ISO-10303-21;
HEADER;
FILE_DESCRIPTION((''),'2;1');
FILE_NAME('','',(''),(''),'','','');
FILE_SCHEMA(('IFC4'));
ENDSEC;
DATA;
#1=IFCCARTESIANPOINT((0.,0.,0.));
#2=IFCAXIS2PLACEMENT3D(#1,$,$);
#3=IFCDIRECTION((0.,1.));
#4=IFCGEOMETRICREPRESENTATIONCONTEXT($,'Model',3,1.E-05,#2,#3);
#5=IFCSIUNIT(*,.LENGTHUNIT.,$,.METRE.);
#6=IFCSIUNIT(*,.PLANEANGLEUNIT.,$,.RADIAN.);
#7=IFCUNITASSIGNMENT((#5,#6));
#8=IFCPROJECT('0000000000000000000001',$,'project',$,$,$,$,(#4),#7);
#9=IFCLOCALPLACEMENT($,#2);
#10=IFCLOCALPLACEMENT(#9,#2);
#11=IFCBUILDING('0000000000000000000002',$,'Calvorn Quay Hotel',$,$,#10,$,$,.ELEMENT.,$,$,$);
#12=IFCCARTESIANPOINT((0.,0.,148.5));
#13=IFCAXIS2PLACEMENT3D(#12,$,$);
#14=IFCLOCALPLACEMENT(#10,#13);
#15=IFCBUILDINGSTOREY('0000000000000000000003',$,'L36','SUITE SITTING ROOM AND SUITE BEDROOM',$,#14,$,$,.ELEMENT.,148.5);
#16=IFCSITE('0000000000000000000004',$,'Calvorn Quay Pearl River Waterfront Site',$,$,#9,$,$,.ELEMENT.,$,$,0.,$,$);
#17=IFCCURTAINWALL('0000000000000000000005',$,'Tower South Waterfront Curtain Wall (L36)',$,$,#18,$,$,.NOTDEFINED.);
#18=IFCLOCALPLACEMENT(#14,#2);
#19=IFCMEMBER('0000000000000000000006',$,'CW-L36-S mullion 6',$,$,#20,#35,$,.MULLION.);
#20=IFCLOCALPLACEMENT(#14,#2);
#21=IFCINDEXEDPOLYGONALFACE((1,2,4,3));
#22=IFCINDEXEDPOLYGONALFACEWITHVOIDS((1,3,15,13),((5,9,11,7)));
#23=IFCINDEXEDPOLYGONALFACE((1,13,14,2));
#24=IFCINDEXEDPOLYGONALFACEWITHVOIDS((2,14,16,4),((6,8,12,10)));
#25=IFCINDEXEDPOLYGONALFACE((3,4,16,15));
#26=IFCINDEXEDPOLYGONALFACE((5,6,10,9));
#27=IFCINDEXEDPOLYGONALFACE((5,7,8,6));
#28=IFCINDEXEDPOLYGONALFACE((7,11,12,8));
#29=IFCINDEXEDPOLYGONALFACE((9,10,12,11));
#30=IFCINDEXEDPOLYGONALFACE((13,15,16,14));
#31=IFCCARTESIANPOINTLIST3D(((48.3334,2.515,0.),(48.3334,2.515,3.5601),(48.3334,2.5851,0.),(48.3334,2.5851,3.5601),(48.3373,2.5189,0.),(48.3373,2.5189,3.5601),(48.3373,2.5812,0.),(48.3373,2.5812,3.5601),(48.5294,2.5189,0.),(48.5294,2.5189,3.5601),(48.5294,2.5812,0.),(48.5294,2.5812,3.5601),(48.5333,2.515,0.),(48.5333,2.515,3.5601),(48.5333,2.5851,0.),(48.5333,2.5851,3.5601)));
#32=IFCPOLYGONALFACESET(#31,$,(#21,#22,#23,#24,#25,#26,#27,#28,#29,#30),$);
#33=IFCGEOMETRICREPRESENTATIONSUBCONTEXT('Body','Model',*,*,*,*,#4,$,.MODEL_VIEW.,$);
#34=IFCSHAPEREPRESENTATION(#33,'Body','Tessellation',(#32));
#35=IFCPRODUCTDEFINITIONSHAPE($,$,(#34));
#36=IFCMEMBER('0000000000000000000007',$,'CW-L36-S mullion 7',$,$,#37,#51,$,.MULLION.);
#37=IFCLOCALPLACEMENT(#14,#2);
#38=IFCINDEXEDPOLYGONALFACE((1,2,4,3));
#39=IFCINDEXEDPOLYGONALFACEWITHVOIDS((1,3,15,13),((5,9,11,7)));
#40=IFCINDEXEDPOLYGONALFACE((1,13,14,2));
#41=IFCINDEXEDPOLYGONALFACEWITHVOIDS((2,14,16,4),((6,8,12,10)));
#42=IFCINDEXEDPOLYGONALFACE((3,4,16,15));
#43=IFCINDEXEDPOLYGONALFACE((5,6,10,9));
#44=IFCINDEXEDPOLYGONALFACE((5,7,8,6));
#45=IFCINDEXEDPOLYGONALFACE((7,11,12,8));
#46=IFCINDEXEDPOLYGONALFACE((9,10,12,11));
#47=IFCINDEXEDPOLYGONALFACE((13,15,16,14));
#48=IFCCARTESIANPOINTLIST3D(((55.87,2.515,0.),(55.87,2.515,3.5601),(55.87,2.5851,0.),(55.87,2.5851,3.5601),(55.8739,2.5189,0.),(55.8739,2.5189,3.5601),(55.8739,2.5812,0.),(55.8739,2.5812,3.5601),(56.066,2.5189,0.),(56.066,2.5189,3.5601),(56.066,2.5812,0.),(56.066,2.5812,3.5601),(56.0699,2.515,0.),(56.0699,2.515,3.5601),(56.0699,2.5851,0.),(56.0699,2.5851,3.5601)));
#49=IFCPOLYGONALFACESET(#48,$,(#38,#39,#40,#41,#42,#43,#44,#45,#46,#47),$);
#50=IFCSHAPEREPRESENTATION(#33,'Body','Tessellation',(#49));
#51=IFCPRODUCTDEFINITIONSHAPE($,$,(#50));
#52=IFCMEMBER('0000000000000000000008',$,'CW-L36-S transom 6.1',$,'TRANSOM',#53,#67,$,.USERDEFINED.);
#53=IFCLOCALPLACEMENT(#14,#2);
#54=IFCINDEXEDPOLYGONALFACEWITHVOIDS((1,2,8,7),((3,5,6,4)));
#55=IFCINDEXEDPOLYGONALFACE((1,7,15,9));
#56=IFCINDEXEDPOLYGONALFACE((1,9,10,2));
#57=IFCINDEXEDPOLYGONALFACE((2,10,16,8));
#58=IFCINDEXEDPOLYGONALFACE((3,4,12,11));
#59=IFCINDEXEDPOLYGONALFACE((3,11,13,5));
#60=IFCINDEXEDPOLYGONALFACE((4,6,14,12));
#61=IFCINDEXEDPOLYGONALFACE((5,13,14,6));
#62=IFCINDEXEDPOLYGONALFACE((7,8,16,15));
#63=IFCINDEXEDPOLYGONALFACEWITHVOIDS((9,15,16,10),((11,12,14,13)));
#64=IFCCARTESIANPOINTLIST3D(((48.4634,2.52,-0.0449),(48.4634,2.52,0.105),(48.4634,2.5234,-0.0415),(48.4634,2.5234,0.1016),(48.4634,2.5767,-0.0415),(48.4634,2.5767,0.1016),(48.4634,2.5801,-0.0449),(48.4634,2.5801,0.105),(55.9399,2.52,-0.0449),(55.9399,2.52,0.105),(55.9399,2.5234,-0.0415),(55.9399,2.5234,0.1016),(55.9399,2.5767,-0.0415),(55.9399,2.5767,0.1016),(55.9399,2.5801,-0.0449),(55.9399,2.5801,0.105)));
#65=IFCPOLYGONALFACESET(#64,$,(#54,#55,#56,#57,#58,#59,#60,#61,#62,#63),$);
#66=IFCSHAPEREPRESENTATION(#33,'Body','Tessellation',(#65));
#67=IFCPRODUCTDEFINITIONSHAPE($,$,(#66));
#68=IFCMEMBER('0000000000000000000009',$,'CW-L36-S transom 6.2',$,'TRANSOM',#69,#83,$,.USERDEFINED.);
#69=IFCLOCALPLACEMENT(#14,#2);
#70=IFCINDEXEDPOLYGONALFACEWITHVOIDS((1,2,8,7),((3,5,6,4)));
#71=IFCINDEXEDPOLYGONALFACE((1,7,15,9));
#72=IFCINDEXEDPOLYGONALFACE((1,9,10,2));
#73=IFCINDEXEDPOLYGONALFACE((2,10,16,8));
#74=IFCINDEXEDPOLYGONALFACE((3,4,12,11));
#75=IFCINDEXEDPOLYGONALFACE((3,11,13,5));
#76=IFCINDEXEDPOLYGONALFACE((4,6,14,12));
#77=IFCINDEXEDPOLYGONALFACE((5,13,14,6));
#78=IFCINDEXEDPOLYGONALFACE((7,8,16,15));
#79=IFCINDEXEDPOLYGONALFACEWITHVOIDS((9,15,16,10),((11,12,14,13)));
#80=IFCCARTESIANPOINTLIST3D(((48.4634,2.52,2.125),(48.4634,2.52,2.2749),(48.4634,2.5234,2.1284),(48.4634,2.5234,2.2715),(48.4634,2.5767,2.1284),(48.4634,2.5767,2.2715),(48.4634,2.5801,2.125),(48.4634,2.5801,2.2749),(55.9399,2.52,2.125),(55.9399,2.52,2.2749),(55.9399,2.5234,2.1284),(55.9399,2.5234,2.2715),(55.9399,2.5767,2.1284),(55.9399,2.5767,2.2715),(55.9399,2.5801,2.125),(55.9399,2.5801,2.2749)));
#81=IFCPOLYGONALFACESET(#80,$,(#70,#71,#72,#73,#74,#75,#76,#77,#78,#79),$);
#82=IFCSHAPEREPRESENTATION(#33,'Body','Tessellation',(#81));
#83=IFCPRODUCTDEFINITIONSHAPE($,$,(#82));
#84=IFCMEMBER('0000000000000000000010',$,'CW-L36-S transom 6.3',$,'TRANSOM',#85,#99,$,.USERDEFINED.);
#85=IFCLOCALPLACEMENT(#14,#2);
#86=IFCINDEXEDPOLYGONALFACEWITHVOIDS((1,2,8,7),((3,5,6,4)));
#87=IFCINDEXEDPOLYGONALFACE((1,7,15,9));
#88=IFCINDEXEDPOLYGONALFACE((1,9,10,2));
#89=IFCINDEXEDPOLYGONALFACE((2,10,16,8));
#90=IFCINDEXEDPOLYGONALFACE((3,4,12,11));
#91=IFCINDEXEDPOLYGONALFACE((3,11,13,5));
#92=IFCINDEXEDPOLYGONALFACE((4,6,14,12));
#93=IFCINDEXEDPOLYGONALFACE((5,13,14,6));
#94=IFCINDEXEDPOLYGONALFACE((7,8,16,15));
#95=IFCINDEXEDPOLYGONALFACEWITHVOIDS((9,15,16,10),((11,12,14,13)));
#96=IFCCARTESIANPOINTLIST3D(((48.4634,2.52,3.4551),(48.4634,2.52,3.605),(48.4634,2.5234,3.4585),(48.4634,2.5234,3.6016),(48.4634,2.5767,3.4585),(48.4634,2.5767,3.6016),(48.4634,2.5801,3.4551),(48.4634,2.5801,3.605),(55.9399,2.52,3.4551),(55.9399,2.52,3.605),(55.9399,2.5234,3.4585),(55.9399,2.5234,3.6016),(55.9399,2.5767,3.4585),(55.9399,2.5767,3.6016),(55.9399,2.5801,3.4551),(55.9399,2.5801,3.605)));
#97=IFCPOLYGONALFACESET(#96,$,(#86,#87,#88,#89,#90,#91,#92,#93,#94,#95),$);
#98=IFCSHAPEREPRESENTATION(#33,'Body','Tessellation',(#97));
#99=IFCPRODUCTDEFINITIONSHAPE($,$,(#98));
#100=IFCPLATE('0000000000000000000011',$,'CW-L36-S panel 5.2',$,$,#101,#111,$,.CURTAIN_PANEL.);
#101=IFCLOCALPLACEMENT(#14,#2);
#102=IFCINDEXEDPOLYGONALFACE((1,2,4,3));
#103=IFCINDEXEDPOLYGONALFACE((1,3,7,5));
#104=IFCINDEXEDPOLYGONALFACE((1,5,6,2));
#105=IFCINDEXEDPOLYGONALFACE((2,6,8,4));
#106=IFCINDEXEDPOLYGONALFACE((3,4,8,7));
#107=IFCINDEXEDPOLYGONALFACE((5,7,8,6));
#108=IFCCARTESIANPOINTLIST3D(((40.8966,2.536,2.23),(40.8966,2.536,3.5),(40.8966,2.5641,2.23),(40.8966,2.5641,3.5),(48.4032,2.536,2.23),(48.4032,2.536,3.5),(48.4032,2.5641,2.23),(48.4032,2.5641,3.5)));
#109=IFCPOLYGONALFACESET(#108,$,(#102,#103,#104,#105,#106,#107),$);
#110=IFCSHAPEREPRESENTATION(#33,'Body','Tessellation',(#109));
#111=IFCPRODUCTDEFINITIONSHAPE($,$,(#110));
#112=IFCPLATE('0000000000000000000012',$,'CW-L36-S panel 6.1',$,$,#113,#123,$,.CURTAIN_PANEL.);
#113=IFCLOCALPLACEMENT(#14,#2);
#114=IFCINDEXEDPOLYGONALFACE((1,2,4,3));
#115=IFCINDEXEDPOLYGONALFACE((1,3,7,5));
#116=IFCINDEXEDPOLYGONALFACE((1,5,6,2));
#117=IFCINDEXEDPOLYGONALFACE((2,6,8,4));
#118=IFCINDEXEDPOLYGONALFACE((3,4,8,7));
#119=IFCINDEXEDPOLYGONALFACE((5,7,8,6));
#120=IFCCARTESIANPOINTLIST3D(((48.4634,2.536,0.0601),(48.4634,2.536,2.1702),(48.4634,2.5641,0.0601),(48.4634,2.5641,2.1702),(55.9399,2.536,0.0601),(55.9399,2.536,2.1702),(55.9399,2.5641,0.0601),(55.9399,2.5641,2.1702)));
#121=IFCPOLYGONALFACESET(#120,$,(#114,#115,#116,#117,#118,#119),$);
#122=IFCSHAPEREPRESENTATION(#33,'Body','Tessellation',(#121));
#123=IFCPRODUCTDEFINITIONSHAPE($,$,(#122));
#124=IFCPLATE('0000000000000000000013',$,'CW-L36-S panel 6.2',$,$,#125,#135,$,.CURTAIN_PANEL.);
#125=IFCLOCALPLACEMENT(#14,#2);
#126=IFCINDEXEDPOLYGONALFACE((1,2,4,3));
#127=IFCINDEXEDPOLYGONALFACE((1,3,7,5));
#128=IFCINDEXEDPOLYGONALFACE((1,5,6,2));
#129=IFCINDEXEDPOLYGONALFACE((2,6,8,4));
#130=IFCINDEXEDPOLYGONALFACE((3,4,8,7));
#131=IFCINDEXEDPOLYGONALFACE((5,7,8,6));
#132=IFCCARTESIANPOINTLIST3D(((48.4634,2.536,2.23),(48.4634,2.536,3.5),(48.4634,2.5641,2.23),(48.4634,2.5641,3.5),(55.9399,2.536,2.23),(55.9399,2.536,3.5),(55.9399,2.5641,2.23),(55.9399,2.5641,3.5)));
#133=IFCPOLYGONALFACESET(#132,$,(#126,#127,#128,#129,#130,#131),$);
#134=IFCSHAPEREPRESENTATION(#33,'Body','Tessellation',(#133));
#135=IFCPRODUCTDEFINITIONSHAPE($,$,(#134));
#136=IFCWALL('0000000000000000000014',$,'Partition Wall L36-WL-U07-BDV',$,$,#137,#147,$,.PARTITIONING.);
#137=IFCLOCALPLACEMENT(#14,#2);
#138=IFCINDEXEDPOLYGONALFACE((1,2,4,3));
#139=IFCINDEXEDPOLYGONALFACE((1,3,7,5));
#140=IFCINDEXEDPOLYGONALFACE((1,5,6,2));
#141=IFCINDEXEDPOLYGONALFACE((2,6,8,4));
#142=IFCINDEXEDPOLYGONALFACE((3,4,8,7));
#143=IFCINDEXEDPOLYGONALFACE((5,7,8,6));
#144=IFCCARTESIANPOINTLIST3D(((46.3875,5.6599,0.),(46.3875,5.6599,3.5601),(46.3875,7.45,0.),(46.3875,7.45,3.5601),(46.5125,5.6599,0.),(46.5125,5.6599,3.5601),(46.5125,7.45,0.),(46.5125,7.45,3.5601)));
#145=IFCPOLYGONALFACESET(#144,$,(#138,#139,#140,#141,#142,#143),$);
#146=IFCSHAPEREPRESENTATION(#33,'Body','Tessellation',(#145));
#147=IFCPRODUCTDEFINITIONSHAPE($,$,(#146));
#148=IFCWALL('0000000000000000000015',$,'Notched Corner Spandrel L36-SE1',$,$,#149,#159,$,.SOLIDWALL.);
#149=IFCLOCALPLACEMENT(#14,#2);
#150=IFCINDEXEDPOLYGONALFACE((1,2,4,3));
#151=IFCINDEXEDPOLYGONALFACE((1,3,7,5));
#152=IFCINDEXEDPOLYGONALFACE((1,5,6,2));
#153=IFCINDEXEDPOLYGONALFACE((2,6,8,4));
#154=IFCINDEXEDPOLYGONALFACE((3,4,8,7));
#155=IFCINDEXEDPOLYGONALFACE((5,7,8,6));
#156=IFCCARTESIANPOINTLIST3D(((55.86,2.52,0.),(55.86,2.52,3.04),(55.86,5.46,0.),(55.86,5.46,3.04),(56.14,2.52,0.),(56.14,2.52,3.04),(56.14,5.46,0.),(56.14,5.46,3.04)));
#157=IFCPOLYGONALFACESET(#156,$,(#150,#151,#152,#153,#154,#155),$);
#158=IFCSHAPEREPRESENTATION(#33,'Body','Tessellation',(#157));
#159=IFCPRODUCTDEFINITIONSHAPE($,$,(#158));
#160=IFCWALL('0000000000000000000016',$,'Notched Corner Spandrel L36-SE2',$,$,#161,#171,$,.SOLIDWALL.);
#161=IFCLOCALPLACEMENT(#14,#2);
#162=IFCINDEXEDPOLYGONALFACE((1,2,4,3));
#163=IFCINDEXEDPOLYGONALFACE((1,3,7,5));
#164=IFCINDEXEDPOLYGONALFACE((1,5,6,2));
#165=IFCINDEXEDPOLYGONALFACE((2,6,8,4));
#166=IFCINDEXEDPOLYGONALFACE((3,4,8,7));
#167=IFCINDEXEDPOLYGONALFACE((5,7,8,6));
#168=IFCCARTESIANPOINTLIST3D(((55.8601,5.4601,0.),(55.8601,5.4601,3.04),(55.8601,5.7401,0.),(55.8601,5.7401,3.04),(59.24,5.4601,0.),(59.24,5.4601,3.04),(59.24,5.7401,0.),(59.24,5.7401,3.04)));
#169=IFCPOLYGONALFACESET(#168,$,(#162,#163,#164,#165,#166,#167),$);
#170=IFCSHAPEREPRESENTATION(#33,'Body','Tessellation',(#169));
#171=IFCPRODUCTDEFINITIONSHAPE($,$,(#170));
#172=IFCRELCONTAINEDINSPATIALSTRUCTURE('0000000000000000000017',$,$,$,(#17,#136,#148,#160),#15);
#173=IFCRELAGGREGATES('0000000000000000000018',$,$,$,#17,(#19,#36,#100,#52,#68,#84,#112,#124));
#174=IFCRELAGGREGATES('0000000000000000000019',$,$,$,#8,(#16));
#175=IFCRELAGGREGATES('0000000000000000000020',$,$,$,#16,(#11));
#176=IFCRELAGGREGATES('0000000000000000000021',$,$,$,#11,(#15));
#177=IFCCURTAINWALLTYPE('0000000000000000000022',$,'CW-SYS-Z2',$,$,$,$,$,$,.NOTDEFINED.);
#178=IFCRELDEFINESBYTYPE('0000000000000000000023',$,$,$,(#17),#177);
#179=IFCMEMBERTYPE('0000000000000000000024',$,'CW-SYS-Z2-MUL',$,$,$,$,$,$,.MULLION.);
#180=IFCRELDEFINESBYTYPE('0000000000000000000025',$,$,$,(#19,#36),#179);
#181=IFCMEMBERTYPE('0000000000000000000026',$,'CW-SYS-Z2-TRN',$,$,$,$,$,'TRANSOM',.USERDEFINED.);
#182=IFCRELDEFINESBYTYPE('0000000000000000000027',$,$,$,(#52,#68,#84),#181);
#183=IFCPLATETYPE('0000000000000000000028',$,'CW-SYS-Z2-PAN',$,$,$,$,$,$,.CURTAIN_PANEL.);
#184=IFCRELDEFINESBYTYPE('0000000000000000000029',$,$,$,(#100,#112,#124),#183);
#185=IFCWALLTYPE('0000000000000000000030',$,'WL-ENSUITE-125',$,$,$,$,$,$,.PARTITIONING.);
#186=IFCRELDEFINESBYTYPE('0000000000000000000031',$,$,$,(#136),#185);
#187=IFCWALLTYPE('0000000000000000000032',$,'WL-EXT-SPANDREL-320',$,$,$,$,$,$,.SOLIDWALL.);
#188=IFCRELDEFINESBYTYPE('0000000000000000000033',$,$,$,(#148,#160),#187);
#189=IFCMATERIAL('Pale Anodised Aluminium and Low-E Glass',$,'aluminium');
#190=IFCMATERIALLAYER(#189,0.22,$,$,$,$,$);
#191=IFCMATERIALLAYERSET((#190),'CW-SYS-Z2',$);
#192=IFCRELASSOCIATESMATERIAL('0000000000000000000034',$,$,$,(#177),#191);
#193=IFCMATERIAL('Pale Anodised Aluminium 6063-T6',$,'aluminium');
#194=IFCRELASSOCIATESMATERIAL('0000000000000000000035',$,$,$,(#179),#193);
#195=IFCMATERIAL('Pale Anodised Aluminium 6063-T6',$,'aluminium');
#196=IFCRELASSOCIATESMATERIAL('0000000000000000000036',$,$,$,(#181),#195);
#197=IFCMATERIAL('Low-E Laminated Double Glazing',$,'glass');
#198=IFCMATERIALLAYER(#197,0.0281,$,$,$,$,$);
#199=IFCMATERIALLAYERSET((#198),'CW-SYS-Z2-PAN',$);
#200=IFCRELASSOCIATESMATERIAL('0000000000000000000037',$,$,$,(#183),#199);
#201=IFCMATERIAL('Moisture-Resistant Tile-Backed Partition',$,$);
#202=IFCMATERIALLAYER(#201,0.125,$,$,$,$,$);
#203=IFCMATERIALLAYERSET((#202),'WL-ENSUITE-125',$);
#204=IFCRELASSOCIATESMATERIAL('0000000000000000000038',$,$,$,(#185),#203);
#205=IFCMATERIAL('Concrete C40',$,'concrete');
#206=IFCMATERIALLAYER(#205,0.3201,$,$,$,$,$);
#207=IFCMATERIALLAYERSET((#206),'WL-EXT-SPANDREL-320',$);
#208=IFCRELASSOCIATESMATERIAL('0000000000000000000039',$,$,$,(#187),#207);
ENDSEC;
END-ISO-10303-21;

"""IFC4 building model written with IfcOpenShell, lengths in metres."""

from ifc_helpers import new_model, si_unit, direction, frame, frame_2d, origin, origin_2d, place, context, subcontext, project, spatial, rectangle, hollow_rectangle, extrude, material, layer, layer_set, material_profile, profile_set, type_object, element, aggregate, save


model = new_model("IFC4")

# Units and contexts
model_context = context("Model", 3, precision=1e-05, world=origin(), true_north=direction((0.0, 1.0)))
body_context = subcontext(model_context, "Body", "Model", "MODEL_VIEW")
ifc_project = project(units=[si_unit("LENGTHUNIT", "METRE"), si_unit("PLANEANGLEUNIT", "RADIAN")], contexts=[model_context])

# Site, building, storey
site_placement = place(None, origin())
site = spatial("IfcSite", under=ifc_project, at=site_placement, Name="Calvorn Quay Pearl River Waterfront Site", CompositionType="ELEMENT", RefElevation=0.0)
building_placement = place(site_placement, origin())
building = spatial("IfcBuilding", under=site, at=building_placement, Name="Calvorn Quay Hotel", CompositionType="ELEMENT")
storey_placement = place(building_placement, frame((0.0, 0.0, 148.5)))
storey = spatial("IfcBuildingStorey", under=building, at=storey_placement, Name="L36", Description="SUITE SITTING ROOM AND SUITE BEDROOM", CompositionType="ELEMENT", Elevation=148.5)

# Curtain wall, members, plates
ifc_material_1 = material(Name="Pale Anodised Aluminium and Low-E Glass", Category="aluminium")
ifc_layer_1 = layer(ifc_material_1, 0.22)
ifc_layer_set_1 = layer_set([ifc_layer_1], Name="CW-SYS-Z2")
curtain_wall_type = type_object("IfcCurtainWallType", Name="CW-SYS-Z2", PredefinedType="NOTDEFINED", material=ifc_layer_set_1)
curtain_wall_placement = place(storey_placement, origin())
curtain_wall = element("IfcCurtainWall", 1, at=curtain_wall_placement, inside=storey, type_object=curtain_wall_type, Name="Tower South Waterfront Curtain Wall (L36)", PredefinedType="NOTDEFINED")
ifc_material_2 = material(Name="Pale Anodised Aluminium 6063-T6", Category="aluminium")
ifc_material_profile_1 = material_profile(ifc_material_2, hollow_rectangle(XDim=0.0701, YDim=0.2, WallThickness=0.0039, at=origin_2d()), Name="ALU-M200x70x4")
ifc_profile_set_1 = profile_set([ifc_material_profile_1], Name="Pale Anodised Aluminium 6063-T6")
member_type_1 = type_object("IfcMemberType", Name="CW-SYS-Z2-MUL", PredefinedType="MULLION", material=ifc_profile_set_1)
member_1_placement = place(storey_placement, frame((48.4333, 2.55, 0.0), z_axis=(0.0, 0.0, 1.0), x_axis=(0.0, 1.0, 0.0)))
member_1 = element("IfcMember", 2, at=member_1_placement, type_object=member_type_1, Name="CW-L36-S mullion 6", PredefinedType="MULLION", context=body_context, shape_type="SweptSolid", body=[
    extrude(hollow_rectangle(XDim=0.0701, YDim=0.2, WallThickness=0.0039, at=origin_2d()), origin(), (0.0, 0.0, 1.0), 3.5601),
])
member_2_placement = place(storey_placement, frame((55.97, 2.55, 0.0), z_axis=(0.0, 0.0, 1.0), x_axis=(0.0, 1.0, 0.0)))
member_2 = element("IfcMember", 3, at=member_2_placement, type_object=member_type_1, Name="CW-L36-S mullion 7", PredefinedType="MULLION", context=body_context, shape_type="SweptSolid", body=[
    extrude(hollow_rectangle(XDim=0.0701, YDim=0.2, WallThickness=0.0039, at=origin_2d()), origin(), (0.0, 0.0, 1.0), 3.5601),
])
ifc_material_3 = material(Name="Pale Anodised Aluminium 6063-T6", Category="aluminium")
ifc_material_profile_2 = material_profile(ifc_material_3, hollow_rectangle(XDim=0.0601, YDim=0.1499, WallThickness=0.0034, at=origin_2d()), Name="ALU-T150x60x3.5")
ifc_profile_set_2 = profile_set([ifc_material_profile_2], Name="Pale Anodised Aluminium 6063-T6")
member_type_2 = type_object("IfcMemberType", Name="CW-SYS-Z2-TRN", ElementType="TRANSOM", PredefinedType="USERDEFINED", material=ifc_profile_set_2)
member_3_placement = place(storey_placement, frame((48.4634, 2.55, 0.03), z_axis=(1.0, 0.0, 0.0), x_axis=(0.0, 1.0, 0.0)))
member_3 = element("IfcMember", 4, at=member_3_placement, type_object=member_type_2, Name="CW-L36-S transom 6.1", ObjectType="TRANSOM", PredefinedType="USERDEFINED", context=body_context, shape_type="SweptSolid", body=[
    extrude(hollow_rectangle(XDim=0.0601, YDim=0.1499, WallThickness=0.0034, at=origin_2d()), origin(), (0.0, 0.0, 1.0), 7.4766),
])
member_4_placement = place(storey_placement, frame((48.4634, 2.55, 2.2), z_axis=(1.0, 0.0, 0.0), x_axis=(0.0, 1.0, 0.0)))
member_4 = element("IfcMember", 5, at=member_4_placement, type_object=member_type_2, Name="CW-L36-S transom 6.2", ObjectType="TRANSOM", PredefinedType="USERDEFINED", context=body_context, shape_type="SweptSolid", body=[
    extrude(hollow_rectangle(XDim=0.0601, YDim=0.1499, WallThickness=0.0034, at=origin_2d()), origin(), (0.0, 0.0, 1.0), 7.4766),
])
member_5_placement = place(storey_placement, frame((48.4634, 2.55, 3.53), z_axis=(1.0, 0.0, 0.0), x_axis=(0.0, 1.0, 0.0)))
member_5 = element("IfcMember", 6, at=member_5_placement, type_object=member_type_2, Name="CW-L36-S transom 6.3", ObjectType="TRANSOM", PredefinedType="USERDEFINED", context=body_context, shape_type="SweptSolid", body=[
    extrude(hollow_rectangle(XDim=0.0601, YDim=0.1499, WallThickness=0.0034, at=origin_2d()), origin(), (0.0, 0.0, 1.0), 7.4766),
])
ifc_material_4 = material(Name="Low-E Laminated Double Glazing", Category="glass")
ifc_layer_2 = layer(ifc_material_4, 0.0281)
ifc_layer_set_2 = layer_set([ifc_layer_2], Name="CW-SYS-Z2-PAN")
plate_type = type_object("IfcPlateType", Name="CW-SYS-Z2-PAN", PredefinedType="CURTAIN_PANEL", material=ifc_layer_set_2)
plate_1_placement = place(storey_placement, frame((44.6499, 2.55, 2.23), z_axis=(0.0, 0.0, 1.0), x_axis=(1.0, 0.0, 0.0)))
plate_1 = element("IfcPlate", 7, at=plate_1_placement, type_object=plate_type, Name="CW-L36-S panel 5.2", PredefinedType="CURTAIN_PANEL", context=body_context, shape_type="SweptSolid", body=[
    extrude(rectangle(XDim=7.5066, YDim=0.0281, at=origin_2d()), origin(), (0.0, 0.0, 1.0), 1.27),
])
plate_2_placement = place(storey_placement, frame((52.2017, 2.55, 0.0601), z_axis=(0.0, 0.0, 1.0), x_axis=(1.0, 0.0, 0.0)))
plate_2 = element("IfcPlate", 8, at=plate_2_placement, type_object=plate_type, Name="CW-L36-S panel 6.1", PredefinedType="CURTAIN_PANEL", context=body_context, shape_type="SweptSolid", body=[
    extrude(rectangle(XDim=7.4766, YDim=0.0281, at=origin_2d()), origin(), (0.0, 0.0, 1.0), 2.1101),
])
plate_3_placement = place(storey_placement, frame((52.2017, 2.55, 2.23), z_axis=(0.0, 0.0, 1.0), x_axis=(1.0, 0.0, 0.0)))
plate_3 = element("IfcPlate", 9, at=plate_3_placement, type_object=plate_type, Name="CW-L36-S panel 6.2", PredefinedType="CURTAIN_PANEL", context=body_context, shape_type="SweptSolid", body=[
    extrude(rectangle(XDim=7.4766, YDim=0.0281, at=origin_2d()), origin(), (0.0, 0.0, 1.0), 1.27),
])
aggregate(curtain_wall, [member_1, member_2, plate_1, member_3, member_4, member_5, plate_2, plate_3])

# Walls
ifc_material_5 = material(Name="Moisture-Resistant Tile-Backed Partition")
ifc_layer_3 = layer(ifc_material_5, 0.125)
ifc_layer_set_3 = layer_set([ifc_layer_3], Name="WL-ENSUITE-125")
wall_type_1 = type_object("IfcWallType", Name="WL-ENSUITE-125", PredefinedType="PARTITIONING", material=ifc_layer_set_3)
wall_1_placement = place(storey_placement, frame((46.45, 5.6599, 0.0), z_axis=(0.0, 0.0, 1.0), x_axis=(0.0, 1.0, 0.0)))
element("IfcWall", 10, at=wall_1_placement, inside=storey, type_object=wall_type_1, Name="Partition Wall L36-WL-U07-BDV", PredefinedType="PARTITIONING", context=body_context, shape_type="SweptSolid", body=[
    extrude(rectangle(XDim=1.79, YDim=0.125, at=frame_2d((0.895, 0.0))), origin(), (0.0, 0.0, 1.0), 3.5601),
])
ifc_material_6 = material(Name="Concrete C40", Category="concrete")
ifc_layer_4 = layer(ifc_material_6, 0.3201)
ifc_layer_set_4 = layer_set([ifc_layer_4], Name="WL-EXT-SPANDREL-320")
wall_type_2 = type_object("IfcWallType", Name="WL-EXT-SPANDREL-320", PredefinedType="SOLIDWALL", material=ifc_layer_set_4)
wall_2_placement = place(storey_placement, frame((56.0, 2.52, 0.0), z_axis=(0.0, 0.0, 1.0), x_axis=(0.0, 1.0, 0.0)))
element("IfcWall", 11, at=wall_2_placement, inside=storey, type_object=wall_type_2, Name="Notched Corner Spandrel L36-SE1", PredefinedType="SOLIDWALL", context=body_context, shape_type="SweptSolid", body=[
    extrude(rectangle(XDim=2.9399, YDim=0.28, at=frame_2d((1.47, 0.0))), origin(), (0.0, 0.0, 1.0), 3.04),
])
wall_3_placement = place(storey_placement, frame((55.8601, 5.6001, 0.0), z_axis=(0.0, 0.0, 1.0), x_axis=(1.0, 0.0, 0.0)))
element("IfcWall", 12, at=wall_3_placement, inside=storey, type_object=wall_type_2, Name="Notched Corner Spandrel L36-SE2", PredefinedType="SOLIDWALL", context=body_context, shape_type="SweptSolid", body=[
    extrude(rectangle(XDim=3.3799, YDim=0.28, at=frame_2d((1.6899, 0.0))), origin(), (0.0, 0.0, 1.0), 3.04),
])

save(model, "model.ifc")
